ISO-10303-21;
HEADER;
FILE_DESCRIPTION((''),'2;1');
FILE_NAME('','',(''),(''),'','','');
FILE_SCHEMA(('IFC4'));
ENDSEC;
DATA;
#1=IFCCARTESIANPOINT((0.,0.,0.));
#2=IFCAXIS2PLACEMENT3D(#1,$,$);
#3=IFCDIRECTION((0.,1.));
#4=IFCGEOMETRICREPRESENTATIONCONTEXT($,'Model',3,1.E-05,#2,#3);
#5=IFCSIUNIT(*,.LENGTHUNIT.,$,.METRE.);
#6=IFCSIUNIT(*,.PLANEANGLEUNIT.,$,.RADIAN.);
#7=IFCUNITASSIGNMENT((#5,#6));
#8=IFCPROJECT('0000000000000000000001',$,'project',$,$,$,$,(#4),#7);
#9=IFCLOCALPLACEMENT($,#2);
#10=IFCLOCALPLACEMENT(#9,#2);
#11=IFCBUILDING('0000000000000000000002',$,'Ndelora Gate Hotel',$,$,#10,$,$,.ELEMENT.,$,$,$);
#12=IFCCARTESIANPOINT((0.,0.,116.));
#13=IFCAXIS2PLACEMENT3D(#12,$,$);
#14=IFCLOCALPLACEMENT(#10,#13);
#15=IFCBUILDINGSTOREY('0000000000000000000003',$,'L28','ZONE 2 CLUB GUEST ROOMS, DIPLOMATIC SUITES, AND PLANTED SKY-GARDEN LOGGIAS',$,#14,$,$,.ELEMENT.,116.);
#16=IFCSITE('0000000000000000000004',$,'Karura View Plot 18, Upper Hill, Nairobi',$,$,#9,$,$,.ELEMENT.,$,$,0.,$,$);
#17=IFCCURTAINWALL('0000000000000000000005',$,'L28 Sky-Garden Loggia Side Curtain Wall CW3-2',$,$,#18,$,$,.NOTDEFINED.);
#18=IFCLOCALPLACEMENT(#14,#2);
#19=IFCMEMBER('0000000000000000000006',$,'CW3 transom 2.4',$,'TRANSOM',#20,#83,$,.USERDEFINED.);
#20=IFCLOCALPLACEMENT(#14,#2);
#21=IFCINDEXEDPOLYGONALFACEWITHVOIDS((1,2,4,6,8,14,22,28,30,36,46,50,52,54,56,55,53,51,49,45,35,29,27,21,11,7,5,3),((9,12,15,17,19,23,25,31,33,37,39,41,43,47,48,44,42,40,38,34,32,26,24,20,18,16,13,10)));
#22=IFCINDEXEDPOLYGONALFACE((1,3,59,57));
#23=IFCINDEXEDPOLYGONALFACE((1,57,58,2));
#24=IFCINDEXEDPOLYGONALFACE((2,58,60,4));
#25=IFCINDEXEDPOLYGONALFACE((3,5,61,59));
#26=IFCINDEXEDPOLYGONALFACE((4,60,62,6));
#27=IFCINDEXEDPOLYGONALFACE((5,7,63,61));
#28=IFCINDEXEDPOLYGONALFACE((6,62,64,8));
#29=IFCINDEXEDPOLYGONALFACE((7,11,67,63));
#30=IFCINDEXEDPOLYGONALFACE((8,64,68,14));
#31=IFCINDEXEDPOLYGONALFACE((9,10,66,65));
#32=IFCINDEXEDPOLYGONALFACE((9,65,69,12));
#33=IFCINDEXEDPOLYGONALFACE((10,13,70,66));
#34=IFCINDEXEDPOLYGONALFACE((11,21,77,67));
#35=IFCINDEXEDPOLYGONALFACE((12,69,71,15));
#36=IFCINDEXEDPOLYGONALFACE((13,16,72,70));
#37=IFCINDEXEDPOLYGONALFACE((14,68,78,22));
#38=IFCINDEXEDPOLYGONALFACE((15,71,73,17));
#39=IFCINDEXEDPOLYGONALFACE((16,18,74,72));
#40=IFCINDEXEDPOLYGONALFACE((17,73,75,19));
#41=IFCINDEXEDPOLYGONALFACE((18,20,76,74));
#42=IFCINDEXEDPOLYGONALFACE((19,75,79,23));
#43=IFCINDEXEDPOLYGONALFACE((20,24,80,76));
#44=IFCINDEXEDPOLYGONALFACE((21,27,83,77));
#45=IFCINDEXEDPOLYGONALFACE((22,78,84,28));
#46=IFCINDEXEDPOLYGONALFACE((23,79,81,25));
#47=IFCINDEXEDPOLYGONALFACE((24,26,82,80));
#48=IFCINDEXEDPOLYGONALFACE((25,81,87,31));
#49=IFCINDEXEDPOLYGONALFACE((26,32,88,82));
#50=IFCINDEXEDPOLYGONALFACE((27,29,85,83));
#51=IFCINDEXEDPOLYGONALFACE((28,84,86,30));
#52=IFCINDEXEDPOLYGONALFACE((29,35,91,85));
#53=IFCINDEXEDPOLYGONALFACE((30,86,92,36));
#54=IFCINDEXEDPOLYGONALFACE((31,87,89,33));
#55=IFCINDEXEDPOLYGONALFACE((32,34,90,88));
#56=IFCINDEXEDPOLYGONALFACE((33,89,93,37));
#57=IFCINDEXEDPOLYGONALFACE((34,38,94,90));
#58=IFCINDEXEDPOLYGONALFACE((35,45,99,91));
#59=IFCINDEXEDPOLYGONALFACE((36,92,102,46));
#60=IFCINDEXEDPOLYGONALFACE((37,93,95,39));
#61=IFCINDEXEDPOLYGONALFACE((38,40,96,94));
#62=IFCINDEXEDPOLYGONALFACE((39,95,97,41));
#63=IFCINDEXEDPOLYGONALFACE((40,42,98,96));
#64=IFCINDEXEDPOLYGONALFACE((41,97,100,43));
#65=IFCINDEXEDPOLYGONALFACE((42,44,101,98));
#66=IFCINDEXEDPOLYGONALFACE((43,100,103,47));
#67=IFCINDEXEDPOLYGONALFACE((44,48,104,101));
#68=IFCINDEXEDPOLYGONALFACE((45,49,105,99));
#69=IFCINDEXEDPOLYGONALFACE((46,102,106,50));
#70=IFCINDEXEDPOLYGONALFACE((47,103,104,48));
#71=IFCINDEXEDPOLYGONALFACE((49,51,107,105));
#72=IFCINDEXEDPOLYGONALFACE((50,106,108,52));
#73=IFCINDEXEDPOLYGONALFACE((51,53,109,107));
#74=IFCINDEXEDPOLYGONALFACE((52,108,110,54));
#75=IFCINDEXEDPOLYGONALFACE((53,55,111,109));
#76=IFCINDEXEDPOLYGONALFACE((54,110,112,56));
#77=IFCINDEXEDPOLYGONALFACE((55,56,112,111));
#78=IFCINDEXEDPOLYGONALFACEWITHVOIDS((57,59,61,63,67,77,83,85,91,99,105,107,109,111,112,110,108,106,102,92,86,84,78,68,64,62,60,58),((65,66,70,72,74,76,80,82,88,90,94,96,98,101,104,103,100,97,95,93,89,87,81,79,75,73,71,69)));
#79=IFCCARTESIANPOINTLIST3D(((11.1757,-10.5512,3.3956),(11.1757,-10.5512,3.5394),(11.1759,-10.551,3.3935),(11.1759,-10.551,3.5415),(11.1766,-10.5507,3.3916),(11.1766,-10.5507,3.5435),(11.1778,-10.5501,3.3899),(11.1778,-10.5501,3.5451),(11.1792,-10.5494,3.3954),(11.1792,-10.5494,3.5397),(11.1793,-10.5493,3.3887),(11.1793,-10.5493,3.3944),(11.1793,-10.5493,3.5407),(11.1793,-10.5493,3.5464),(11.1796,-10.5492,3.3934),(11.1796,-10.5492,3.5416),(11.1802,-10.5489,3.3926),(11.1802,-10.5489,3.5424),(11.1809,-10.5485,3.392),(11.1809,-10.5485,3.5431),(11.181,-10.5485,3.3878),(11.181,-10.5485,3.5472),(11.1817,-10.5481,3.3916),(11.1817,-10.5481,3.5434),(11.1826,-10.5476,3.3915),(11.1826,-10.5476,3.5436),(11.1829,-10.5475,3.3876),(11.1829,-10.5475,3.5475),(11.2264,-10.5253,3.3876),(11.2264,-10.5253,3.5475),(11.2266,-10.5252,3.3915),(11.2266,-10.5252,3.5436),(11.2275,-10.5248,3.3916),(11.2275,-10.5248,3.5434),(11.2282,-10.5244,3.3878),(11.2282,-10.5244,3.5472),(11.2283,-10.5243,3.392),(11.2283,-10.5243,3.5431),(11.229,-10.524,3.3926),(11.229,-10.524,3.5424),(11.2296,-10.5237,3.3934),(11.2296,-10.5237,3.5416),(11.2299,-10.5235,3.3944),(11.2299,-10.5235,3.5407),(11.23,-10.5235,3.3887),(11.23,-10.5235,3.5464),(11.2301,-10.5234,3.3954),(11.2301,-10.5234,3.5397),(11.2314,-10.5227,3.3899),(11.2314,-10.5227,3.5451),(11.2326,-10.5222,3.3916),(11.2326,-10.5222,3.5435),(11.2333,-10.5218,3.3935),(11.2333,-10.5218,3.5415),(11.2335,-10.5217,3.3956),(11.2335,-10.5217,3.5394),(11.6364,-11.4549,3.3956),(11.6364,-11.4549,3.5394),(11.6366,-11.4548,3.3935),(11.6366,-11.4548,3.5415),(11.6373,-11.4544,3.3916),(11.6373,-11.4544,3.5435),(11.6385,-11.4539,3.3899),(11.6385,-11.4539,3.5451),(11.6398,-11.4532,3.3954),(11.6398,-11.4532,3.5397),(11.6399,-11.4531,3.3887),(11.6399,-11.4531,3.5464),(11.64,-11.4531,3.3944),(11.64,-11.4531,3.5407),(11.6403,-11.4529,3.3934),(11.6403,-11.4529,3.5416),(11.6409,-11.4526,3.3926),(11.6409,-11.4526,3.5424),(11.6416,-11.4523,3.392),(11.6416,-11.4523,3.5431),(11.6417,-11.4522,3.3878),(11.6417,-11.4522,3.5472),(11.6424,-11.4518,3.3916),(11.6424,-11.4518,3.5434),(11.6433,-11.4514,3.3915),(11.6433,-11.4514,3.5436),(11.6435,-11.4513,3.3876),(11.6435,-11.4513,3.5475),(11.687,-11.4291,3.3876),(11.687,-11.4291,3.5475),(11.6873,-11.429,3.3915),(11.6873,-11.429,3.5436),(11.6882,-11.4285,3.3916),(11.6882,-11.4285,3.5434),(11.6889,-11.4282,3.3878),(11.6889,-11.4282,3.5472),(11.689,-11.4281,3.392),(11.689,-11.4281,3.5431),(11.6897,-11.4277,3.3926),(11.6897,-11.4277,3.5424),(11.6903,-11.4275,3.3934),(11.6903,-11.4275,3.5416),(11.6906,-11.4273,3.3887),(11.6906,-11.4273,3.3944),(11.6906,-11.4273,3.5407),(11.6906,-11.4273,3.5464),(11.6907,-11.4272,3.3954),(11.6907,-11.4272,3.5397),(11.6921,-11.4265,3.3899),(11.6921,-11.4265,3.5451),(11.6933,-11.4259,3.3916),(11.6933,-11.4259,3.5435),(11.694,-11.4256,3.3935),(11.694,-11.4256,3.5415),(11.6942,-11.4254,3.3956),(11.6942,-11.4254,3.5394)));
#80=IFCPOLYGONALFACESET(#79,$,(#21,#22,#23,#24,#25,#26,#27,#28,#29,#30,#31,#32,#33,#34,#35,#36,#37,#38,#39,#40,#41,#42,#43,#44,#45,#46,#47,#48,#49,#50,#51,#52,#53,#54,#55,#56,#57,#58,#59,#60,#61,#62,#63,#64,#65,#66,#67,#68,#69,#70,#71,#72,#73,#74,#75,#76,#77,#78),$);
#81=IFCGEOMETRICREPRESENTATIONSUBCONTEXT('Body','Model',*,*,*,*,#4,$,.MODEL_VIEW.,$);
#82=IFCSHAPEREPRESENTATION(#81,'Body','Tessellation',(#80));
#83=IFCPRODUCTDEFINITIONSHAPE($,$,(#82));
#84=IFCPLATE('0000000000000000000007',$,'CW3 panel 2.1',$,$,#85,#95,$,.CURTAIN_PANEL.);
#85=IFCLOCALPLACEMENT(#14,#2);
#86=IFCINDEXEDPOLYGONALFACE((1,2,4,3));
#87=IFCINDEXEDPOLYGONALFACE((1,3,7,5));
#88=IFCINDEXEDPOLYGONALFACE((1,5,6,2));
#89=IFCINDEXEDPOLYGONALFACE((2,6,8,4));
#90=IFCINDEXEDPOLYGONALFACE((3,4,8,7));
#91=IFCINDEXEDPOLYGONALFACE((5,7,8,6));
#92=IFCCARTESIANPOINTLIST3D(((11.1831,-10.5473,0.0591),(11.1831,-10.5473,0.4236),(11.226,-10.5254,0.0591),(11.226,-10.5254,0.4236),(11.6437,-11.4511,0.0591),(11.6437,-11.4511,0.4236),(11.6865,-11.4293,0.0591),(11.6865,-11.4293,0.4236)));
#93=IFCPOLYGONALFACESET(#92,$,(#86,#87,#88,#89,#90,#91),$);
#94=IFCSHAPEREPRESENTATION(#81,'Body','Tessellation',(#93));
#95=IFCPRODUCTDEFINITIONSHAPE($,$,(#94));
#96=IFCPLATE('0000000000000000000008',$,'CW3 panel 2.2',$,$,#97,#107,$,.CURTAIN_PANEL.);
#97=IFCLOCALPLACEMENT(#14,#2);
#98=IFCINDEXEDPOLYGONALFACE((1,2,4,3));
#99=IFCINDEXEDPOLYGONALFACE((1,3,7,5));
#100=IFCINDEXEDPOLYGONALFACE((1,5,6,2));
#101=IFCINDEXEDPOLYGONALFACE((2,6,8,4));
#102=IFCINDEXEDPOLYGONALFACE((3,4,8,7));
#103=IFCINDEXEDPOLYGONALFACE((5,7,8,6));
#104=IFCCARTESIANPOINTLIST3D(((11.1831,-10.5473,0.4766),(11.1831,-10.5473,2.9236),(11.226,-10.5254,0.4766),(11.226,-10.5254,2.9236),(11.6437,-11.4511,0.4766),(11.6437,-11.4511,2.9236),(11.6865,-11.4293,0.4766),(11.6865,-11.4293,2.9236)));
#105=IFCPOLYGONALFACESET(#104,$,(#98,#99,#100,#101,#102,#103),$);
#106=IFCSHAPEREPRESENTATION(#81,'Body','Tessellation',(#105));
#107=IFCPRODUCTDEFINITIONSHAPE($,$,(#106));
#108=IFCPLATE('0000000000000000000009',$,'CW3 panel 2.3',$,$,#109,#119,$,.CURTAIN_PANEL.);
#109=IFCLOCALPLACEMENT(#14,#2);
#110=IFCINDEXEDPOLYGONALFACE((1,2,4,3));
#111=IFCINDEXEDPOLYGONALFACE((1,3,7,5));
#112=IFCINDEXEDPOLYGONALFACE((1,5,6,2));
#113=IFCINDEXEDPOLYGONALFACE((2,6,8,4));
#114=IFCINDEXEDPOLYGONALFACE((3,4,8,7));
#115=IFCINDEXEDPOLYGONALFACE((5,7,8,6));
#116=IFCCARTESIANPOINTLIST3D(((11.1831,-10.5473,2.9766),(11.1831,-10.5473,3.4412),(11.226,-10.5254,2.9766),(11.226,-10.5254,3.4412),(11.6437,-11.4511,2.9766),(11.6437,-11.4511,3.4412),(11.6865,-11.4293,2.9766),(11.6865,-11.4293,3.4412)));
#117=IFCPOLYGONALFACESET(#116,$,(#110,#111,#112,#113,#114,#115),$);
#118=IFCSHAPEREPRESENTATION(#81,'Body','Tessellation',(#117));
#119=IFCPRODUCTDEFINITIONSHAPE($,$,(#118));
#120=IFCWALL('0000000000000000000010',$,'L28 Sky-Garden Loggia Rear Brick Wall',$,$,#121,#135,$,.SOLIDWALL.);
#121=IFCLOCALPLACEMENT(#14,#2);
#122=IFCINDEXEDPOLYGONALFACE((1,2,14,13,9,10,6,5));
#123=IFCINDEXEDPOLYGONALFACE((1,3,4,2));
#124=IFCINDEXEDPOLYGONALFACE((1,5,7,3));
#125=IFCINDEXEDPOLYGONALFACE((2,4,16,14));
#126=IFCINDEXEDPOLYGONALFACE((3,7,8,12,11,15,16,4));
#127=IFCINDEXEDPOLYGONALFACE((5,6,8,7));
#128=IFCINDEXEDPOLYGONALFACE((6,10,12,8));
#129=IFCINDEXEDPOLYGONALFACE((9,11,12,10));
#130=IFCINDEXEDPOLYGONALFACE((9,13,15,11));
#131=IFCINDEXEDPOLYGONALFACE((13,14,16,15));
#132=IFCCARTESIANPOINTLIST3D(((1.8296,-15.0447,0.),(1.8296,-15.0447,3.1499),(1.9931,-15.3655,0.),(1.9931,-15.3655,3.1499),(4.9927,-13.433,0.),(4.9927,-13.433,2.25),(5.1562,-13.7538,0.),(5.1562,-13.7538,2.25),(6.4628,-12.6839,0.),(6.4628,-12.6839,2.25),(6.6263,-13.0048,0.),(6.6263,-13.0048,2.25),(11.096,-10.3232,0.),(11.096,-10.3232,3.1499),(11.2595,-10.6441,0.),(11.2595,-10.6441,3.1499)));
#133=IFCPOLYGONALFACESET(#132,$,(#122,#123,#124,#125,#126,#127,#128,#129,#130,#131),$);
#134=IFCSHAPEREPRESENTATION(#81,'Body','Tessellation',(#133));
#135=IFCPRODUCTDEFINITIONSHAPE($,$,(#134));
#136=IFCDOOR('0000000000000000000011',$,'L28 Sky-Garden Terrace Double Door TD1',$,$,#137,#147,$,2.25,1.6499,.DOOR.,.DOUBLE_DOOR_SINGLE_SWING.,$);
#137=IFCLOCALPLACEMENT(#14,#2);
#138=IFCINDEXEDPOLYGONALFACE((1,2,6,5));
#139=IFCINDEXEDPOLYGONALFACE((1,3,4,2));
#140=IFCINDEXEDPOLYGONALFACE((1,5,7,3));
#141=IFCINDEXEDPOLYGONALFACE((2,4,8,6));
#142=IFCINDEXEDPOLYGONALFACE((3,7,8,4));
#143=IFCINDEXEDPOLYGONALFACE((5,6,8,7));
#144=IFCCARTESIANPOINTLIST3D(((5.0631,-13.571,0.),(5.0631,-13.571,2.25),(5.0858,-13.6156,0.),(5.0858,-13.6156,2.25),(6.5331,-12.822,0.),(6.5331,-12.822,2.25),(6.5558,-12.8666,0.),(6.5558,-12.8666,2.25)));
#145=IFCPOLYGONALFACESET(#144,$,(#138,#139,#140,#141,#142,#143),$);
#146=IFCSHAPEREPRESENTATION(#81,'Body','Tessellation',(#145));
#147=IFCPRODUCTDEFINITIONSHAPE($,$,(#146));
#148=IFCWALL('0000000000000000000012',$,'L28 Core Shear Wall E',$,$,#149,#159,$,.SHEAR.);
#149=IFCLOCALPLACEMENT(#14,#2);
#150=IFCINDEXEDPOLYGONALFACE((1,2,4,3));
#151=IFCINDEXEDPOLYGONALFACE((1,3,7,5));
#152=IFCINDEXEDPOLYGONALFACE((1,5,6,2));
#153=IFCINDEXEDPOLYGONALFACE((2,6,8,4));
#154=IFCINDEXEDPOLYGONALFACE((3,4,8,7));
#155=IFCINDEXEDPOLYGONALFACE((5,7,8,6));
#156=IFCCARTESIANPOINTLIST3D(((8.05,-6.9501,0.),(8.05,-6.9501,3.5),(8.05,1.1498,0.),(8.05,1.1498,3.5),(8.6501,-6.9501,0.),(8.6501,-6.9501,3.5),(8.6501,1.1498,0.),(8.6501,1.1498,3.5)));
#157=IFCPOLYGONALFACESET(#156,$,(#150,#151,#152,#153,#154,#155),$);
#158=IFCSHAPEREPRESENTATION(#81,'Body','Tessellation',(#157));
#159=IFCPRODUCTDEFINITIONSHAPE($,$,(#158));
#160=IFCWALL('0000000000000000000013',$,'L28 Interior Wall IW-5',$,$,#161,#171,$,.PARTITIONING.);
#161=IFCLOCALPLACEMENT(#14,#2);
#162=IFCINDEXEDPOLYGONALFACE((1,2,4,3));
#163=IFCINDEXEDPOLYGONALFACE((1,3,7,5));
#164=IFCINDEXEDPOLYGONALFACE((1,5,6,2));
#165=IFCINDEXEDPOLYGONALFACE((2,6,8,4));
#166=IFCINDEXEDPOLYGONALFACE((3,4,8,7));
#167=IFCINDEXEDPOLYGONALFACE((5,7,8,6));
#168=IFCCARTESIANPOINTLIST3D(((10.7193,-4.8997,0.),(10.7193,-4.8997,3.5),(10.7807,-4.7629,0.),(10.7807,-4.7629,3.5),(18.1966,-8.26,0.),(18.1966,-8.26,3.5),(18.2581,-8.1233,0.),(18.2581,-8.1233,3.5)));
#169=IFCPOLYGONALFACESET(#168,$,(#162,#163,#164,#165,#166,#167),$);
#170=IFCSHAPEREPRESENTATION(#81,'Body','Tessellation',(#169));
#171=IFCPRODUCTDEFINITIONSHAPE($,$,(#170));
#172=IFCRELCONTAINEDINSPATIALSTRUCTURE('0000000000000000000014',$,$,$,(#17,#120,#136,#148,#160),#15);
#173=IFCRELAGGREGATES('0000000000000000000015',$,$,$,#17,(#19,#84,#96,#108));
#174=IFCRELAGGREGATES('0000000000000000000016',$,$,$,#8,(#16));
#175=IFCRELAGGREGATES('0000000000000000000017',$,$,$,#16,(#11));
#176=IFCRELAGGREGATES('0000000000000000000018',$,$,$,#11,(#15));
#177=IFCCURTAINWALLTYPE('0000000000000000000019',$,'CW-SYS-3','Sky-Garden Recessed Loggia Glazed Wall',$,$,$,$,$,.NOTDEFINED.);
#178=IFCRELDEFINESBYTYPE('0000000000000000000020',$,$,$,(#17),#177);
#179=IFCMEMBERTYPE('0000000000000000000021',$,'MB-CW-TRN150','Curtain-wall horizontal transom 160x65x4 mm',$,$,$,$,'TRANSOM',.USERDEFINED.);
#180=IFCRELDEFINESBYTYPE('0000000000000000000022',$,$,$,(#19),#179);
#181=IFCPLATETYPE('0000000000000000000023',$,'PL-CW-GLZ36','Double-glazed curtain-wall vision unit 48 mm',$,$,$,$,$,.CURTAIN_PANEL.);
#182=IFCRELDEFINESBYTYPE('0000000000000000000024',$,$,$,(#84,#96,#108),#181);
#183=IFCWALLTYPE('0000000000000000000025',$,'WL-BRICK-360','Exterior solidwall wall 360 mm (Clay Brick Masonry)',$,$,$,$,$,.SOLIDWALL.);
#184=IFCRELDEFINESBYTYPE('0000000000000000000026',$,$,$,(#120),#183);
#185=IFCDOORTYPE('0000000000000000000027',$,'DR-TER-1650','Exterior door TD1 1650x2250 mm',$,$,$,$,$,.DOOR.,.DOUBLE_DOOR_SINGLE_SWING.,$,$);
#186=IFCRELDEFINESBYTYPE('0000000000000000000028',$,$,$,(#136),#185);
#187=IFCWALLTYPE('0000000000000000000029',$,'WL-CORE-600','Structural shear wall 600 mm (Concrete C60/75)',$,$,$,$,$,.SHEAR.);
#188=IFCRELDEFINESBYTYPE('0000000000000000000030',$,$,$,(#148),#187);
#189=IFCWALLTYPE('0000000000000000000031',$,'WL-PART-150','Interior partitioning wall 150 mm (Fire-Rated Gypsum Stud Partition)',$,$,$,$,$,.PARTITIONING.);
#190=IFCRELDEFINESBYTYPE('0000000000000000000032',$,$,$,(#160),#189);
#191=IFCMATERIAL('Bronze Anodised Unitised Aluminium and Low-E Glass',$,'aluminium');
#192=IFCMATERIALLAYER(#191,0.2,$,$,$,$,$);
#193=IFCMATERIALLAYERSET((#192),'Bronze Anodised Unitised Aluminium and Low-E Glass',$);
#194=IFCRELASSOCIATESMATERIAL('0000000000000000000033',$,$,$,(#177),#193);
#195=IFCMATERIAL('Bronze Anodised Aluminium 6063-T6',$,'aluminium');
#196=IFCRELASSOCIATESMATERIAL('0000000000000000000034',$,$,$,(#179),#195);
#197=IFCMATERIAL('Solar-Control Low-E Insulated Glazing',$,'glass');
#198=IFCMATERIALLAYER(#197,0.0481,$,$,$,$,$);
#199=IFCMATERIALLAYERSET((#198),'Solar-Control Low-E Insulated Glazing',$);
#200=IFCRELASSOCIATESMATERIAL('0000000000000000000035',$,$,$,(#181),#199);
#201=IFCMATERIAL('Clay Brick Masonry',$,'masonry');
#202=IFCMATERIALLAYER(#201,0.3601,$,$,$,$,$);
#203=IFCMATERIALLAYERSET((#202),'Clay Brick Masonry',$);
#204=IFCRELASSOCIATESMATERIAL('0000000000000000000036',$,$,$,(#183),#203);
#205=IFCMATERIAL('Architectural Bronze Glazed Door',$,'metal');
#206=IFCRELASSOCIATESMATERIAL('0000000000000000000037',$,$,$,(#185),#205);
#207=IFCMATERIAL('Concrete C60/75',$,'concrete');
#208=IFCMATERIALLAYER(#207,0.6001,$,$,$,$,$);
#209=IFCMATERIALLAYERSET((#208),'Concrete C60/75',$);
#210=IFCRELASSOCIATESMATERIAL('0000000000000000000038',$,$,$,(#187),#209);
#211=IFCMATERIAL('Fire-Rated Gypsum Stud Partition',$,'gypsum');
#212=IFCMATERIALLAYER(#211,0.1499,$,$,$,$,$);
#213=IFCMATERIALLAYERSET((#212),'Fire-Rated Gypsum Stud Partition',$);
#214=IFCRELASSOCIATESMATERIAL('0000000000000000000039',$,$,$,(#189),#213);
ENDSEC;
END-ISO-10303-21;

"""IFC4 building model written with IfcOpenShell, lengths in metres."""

from ifc_helpers import new_model, si_unit, direction, frame, frame_2d, origin, origin_2d, place, context, subcontext, project, spatial, rectangle, hollow_rectangle, extrude, material, layer, layer_set, material_profile, profile_set, type_object, element, fill, aggregate, save


model = new_model("IFC4")

# Units and contexts
model_context = context("Model", 3, precision=1e-05, world=origin(), true_north=direction((0.0, 1.0)))
body_context = subcontext(model_context, "Body", "Model", "MODEL_VIEW")
ifc_project = project(units=[si_unit("LENGTHUNIT", "METRE"), si_unit("PLANEANGLEUNIT", "RADIAN")], contexts=[model_context])

# Site, building, storey
site_placement = place(None, origin())
site = spatial("IfcSite", under=ifc_project, at=site_placement, Name="Karura View Plot 18, Upper Hill, Nairobi", CompositionType="ELEMENT", RefElevation=0.0)
building_placement = place(site_placement, origin())
building = spatial("IfcBuilding", under=site, at=building_placement, Name="Ndelora Gate Hotel", CompositionType="ELEMENT")
storey_placement = place(building_placement, frame((0.0, 0.0, 116.0)))
storey = spatial("IfcBuildingStorey", under=building, at=storey_placement, Name="L28", Description="ZONE 2 CLUB GUEST ROOMS, DIPLOMATIC SUITES, AND PLANTED SKY-GARDEN LOGGIAS", CompositionType="ELEMENT", Elevation=116.0)

# Shared definitions
ifc_material_1 = material(Name="Concrete C60/75", Category="concrete")

# Curtain wall, member, plates
ifc_material_2 = material(Name="Bronze Anodised Unitised Aluminium and Low-E Glass", Category="aluminium")
ifc_layer_1 = layer(ifc_material_2, 0.2)
ifc_layer_set_1 = layer_set([ifc_layer_1], Name="Bronze Anodised Unitised Aluminium and Low-E Glass")
curtain_wall_type = type_object("IfcCurtainWallType", Name="CW-SYS-3", Description="Sky-Garden Recessed Loggia Glazed Wall", PredefinedType="NOTDEFINED", material=ifc_layer_set_1)
curtain_wall_placement = place(storey_placement, origin())
curtain_wall = element("IfcCurtainWall", 1, at=curtain_wall_placement, inside=storey, type_object=curtain_wall_type, Name="L28 Sky-Garden Loggia Side Curtain Wall CW3-2", PredefinedType="NOTDEFINED")
ifc_material_3 = material(Name="Bronze Anodised Aluminium 6063-T6", Category="aluminium")
ifc_material_profile_1 = material_profile(ifc_material_3, hollow_rectangle(XDim=0.0649, YDim=0.1599, WallThickness=0.0039, InnerFilletRadius=0.0039, OuterFilletRadius=0.0081, at=origin_2d()), Name="ALU 160x65x4")
ifc_profile_set_1 = profile_set([ifc_material_profile_1], Name="Bronze Anodised Aluminium 6063-T6")
member_type_1 = type_object("IfcMemberType", Name="MB-CW-TRN150", Description="Curtain-wall horizontal transom 160x65x4 mm", ElementType="TRANSOM", PredefinedType="USERDEFINED", material=ifc_profile_set_1)
member_1_placement = place(storey_placement, frame((11.6653, -11.4402, 3.4675), z_axis=(-0.454131, 0.890935, 0.0), x_axis=(-0.890935, -0.454131, 0.0)))
member_1 = element("IfcMember", 2, at=member_1_placement, type_object=member_type_1, Name="CW3 transom 2.4", ObjectType="TRANSOM", PredefinedType="USERDEFINED", context=body_context, shape_type="SweptSolid", body=[
    extrude(hollow_rectangle(XDim=0.0649, YDim=0.1599, WallThickness=0.0039, InnerFilletRadius=0.0039, OuterFilletRadius=0.0081, at=origin_2d()), origin(), (0.0, 0.0, 1.0), 1.0144),
])
ifc_material_4 = material(Name="Solar-Control Low-E Insulated Glazing", Category="glass")
ifc_layer_2 = layer(ifc_material_4, 0.0481)
ifc_layer_set_2 = layer_set([ifc_layer_2], Name="Solar-Control Low-E Insulated Glazing")
plate_type = type_object("IfcPlateType", Name="PL-CW-GLZ36", Description="Double-glazed curtain-wall vision unit 48 mm", PredefinedType="CURTAIN_PANEL", material=ifc_layer_set_2)
plate_1_placement = place(storey_placement, frame((11.4348, -10.9883, 0.0591), z_axis=(0.0, 0.0, 1.0), x_axis=(-0.454001, 0.891001, 0.0)))
plate_1 = element("IfcPlate", 3, at=plate_1_placement, type_object=plate_type, Name="CW3 panel 2.1", PredefinedType="CURTAIN_PANEL", context=body_context, shape_type="SweptSolid", body=[
    extrude(rectangle(XDim=1.0144, YDim=0.0481, at=origin_2d()), origin(), (0.0, 0.0, 1.0), 0.3645),
])
plate_2_placement = place(storey_placement, frame((11.4348, -10.9883, 0.4766), z_axis=(0.0, 0.0, 1.0), x_axis=(-0.454001, 0.891001, 0.0)))
plate_2 = element("IfcPlate", 4, at=plate_2_placement, type_object=plate_type, Name="CW3 panel 2.2", PredefinedType="CURTAIN_PANEL", context=body_context, shape_type="SweptSolid", body=[
    extrude(rectangle(XDim=1.0144, YDim=0.0481, at=origin_2d()), origin(), (0.0, 0.0, 1.0), 2.447),
])
plate_3_placement = place(storey_placement, frame((11.4348, -10.9883, 2.9766), z_axis=(0.0, 0.0, 1.0), x_axis=(-0.454001, 0.891001, 0.0)))
plate_3 = element("IfcPlate", 5, at=plate_3_placement, type_object=plate_type, Name="CW3 panel 2.3", PredefinedType="CURTAIN_PANEL", context=body_context, shape_type="SweptSolid", body=[
    extrude(rectangle(XDim=1.0144, YDim=0.0481, at=origin_2d()), origin(), (0.0, 0.0, 1.0), 0.4646),
])
aggregate(curtain_wall, [member_1, plate_1, plate_2, plate_3])

# Wall, opening, door
ifc_material_5 = material(Name="Clay Brick Masonry", Category="masonry")
ifc_layer_3 = layer(ifc_material_5, 0.3601)
ifc_layer_set_3 = layer_set([ifc_layer_3], Name="Clay Brick Masonry")
wall_type_1 = type_object("IfcWallType", Name="WL-BRICK-360", Description="Exterior solidwall wall 360 mm (Clay Brick Masonry)", PredefinedType="SOLIDWALL", material=ifc_layer_set_3)
wall_1_placement = place(storey_placement, frame((11.1777, -10.4836, 0.0), z_axis=(0.0, 0.0, 1.0), x_axis=(-0.891007, -0.45399, 0.0)))
wall_1 = element("IfcWall", 6, at=wall_1_placement, inside=storey, type_object=wall_type_1, Name="L28 Sky-Garden Loggia Rear Brick Wall", PredefinedType="SOLIDWALL", context=body_context, shape_type="SweptSolid", body=[
    extrude(rectangle(XDim=10.3999, YDim=0.3601, at=frame_2d((5.2, 0.0))), origin(), (0.0, 0.0, 1.0), 3.1499),
])
opening_1_placement = place(wall_1_placement, frame((5.2, 0.0, 0.0)))
opening_1 = element("IfcOpeningElement", 7, at=opening_1_placement, cuts=wall_1, PredefinedType="OPENING", context=body_context, shape_type="SweptSolid", body=[
    extrude(rectangle(XDim=1.6499, YDim=2.25, at=frame_2d((0.825, 1.125))), frame((0.0, 0.1899, 0.0), z_axis=(0.0, -1.0, 0.0), x_axis=(1.0, 0.0, 0.0)), (0.0, 0.0, 1.0), 0.3801),
])
ifc_material_6 = material(Name="Architectural Bronze Glazed Door", Category="metal")
door_type_1 = type_object("IfcDoorType", Name="DR-TER-1650", Description="Exterior door TD1 1650x2250 mm", OperationType="DOUBLE_DOOR_SINGLE_SWING", PredefinedType="DOOR", material=ifc_material_6)
door_1_placement = place(opening_1_placement, origin())
door_1 = element("IfcDoor", 8, at=door_1_placement, inside=storey, type_object=door_type_1, Name="L28 Sky-Garden Terrace Double Door TD1", OperationType="DOUBLE_DOOR_SINGLE_SWING", OverallHeight=2.25, OverallWidth=1.6499, PredefinedType="DOOR", context=body_context, shape_type="SweptSolid", body=[
    extrude(rectangle(XDim=1.6499, YDim=2.25, at=frame_2d((0.825, 1.125))), frame((0.0, 0.0249, 0.0), z_axis=(0.0, -1.0, 0.0), x_axis=(1.0, 0.0, 0.0)), (0.0, 0.0, 1.0), 0.05),
])
fill(opening_1, door_1)

# Wall
ifc_layer_4 = layer(ifc_material_1, 0.6001)
ifc_layer_set_4 = layer_set([ifc_layer_4], Name="Concrete C60/75")
wall_type_2 = type_object("IfcWallType", Name="WL-CORE-600", Description="Structural shear wall 600 mm (Concrete C60/75)", PredefinedType="SHEAR", material=ifc_layer_set_4)
wall_2_placement = place(storey_placement, frame((8.3501, -6.95, 0.0), z_axis=(0.0, 0.0, 1.0), x_axis=(0.0, 1.0, 0.0)))
element("IfcWall", 9, at=wall_2_placement, inside=storey, type_object=wall_type_2, Name="L28 Core Shear Wall E", PredefinedType="SHEAR", context=body_context, shape_type="SweptSolid", body=[
    extrude(rectangle(XDim=8.0999, YDim=0.6001, at=frame_2d((4.0498, 0.0))), origin(), (0.0, 0.0, 1.0), 3.5),
])

# Shared definitions
ifc_material_7 = material(Name="Fire-Rated Gypsum Stud Partition", Category="gypsum")
ifc_layer_5 = layer(ifc_material_7, 0.1499)
ifc_layer_set_5 = layer_set([ifc_layer_5], Name="Fire-Rated Gypsum Stud Partition")
wall_type_3 = type_object("IfcWallType", Name="WL-PART-150", Description="Interior partitioning wall 150 mm (Fire-Rated Gypsum Stud Partition)", PredefinedType="PARTITIONING", material=ifc_layer_set_5)

# Wall
wall_3_placement = place(storey_placement, frame((10.75, -4.8313, 0.0), z_axis=(0.0, 0.0, 1.0), x_axis=(0.912124, -0.409915, 0.0)))
element("IfcWall", 10, at=wall_3_placement, inside=storey, type_object=wall_type_3, Name="L28 Interior Wall IW-5", PredefinedType="PARTITIONING", context=body_context, shape_type="SweptSolid", body=[
    extrude(rectangle(XDim=8.1978, YDim=0.1499, at=frame_2d((4.0989, 0.0))), origin(), (0.0, 0.0, 1.0), 3.5),
])

save(model, "model.ifc")
